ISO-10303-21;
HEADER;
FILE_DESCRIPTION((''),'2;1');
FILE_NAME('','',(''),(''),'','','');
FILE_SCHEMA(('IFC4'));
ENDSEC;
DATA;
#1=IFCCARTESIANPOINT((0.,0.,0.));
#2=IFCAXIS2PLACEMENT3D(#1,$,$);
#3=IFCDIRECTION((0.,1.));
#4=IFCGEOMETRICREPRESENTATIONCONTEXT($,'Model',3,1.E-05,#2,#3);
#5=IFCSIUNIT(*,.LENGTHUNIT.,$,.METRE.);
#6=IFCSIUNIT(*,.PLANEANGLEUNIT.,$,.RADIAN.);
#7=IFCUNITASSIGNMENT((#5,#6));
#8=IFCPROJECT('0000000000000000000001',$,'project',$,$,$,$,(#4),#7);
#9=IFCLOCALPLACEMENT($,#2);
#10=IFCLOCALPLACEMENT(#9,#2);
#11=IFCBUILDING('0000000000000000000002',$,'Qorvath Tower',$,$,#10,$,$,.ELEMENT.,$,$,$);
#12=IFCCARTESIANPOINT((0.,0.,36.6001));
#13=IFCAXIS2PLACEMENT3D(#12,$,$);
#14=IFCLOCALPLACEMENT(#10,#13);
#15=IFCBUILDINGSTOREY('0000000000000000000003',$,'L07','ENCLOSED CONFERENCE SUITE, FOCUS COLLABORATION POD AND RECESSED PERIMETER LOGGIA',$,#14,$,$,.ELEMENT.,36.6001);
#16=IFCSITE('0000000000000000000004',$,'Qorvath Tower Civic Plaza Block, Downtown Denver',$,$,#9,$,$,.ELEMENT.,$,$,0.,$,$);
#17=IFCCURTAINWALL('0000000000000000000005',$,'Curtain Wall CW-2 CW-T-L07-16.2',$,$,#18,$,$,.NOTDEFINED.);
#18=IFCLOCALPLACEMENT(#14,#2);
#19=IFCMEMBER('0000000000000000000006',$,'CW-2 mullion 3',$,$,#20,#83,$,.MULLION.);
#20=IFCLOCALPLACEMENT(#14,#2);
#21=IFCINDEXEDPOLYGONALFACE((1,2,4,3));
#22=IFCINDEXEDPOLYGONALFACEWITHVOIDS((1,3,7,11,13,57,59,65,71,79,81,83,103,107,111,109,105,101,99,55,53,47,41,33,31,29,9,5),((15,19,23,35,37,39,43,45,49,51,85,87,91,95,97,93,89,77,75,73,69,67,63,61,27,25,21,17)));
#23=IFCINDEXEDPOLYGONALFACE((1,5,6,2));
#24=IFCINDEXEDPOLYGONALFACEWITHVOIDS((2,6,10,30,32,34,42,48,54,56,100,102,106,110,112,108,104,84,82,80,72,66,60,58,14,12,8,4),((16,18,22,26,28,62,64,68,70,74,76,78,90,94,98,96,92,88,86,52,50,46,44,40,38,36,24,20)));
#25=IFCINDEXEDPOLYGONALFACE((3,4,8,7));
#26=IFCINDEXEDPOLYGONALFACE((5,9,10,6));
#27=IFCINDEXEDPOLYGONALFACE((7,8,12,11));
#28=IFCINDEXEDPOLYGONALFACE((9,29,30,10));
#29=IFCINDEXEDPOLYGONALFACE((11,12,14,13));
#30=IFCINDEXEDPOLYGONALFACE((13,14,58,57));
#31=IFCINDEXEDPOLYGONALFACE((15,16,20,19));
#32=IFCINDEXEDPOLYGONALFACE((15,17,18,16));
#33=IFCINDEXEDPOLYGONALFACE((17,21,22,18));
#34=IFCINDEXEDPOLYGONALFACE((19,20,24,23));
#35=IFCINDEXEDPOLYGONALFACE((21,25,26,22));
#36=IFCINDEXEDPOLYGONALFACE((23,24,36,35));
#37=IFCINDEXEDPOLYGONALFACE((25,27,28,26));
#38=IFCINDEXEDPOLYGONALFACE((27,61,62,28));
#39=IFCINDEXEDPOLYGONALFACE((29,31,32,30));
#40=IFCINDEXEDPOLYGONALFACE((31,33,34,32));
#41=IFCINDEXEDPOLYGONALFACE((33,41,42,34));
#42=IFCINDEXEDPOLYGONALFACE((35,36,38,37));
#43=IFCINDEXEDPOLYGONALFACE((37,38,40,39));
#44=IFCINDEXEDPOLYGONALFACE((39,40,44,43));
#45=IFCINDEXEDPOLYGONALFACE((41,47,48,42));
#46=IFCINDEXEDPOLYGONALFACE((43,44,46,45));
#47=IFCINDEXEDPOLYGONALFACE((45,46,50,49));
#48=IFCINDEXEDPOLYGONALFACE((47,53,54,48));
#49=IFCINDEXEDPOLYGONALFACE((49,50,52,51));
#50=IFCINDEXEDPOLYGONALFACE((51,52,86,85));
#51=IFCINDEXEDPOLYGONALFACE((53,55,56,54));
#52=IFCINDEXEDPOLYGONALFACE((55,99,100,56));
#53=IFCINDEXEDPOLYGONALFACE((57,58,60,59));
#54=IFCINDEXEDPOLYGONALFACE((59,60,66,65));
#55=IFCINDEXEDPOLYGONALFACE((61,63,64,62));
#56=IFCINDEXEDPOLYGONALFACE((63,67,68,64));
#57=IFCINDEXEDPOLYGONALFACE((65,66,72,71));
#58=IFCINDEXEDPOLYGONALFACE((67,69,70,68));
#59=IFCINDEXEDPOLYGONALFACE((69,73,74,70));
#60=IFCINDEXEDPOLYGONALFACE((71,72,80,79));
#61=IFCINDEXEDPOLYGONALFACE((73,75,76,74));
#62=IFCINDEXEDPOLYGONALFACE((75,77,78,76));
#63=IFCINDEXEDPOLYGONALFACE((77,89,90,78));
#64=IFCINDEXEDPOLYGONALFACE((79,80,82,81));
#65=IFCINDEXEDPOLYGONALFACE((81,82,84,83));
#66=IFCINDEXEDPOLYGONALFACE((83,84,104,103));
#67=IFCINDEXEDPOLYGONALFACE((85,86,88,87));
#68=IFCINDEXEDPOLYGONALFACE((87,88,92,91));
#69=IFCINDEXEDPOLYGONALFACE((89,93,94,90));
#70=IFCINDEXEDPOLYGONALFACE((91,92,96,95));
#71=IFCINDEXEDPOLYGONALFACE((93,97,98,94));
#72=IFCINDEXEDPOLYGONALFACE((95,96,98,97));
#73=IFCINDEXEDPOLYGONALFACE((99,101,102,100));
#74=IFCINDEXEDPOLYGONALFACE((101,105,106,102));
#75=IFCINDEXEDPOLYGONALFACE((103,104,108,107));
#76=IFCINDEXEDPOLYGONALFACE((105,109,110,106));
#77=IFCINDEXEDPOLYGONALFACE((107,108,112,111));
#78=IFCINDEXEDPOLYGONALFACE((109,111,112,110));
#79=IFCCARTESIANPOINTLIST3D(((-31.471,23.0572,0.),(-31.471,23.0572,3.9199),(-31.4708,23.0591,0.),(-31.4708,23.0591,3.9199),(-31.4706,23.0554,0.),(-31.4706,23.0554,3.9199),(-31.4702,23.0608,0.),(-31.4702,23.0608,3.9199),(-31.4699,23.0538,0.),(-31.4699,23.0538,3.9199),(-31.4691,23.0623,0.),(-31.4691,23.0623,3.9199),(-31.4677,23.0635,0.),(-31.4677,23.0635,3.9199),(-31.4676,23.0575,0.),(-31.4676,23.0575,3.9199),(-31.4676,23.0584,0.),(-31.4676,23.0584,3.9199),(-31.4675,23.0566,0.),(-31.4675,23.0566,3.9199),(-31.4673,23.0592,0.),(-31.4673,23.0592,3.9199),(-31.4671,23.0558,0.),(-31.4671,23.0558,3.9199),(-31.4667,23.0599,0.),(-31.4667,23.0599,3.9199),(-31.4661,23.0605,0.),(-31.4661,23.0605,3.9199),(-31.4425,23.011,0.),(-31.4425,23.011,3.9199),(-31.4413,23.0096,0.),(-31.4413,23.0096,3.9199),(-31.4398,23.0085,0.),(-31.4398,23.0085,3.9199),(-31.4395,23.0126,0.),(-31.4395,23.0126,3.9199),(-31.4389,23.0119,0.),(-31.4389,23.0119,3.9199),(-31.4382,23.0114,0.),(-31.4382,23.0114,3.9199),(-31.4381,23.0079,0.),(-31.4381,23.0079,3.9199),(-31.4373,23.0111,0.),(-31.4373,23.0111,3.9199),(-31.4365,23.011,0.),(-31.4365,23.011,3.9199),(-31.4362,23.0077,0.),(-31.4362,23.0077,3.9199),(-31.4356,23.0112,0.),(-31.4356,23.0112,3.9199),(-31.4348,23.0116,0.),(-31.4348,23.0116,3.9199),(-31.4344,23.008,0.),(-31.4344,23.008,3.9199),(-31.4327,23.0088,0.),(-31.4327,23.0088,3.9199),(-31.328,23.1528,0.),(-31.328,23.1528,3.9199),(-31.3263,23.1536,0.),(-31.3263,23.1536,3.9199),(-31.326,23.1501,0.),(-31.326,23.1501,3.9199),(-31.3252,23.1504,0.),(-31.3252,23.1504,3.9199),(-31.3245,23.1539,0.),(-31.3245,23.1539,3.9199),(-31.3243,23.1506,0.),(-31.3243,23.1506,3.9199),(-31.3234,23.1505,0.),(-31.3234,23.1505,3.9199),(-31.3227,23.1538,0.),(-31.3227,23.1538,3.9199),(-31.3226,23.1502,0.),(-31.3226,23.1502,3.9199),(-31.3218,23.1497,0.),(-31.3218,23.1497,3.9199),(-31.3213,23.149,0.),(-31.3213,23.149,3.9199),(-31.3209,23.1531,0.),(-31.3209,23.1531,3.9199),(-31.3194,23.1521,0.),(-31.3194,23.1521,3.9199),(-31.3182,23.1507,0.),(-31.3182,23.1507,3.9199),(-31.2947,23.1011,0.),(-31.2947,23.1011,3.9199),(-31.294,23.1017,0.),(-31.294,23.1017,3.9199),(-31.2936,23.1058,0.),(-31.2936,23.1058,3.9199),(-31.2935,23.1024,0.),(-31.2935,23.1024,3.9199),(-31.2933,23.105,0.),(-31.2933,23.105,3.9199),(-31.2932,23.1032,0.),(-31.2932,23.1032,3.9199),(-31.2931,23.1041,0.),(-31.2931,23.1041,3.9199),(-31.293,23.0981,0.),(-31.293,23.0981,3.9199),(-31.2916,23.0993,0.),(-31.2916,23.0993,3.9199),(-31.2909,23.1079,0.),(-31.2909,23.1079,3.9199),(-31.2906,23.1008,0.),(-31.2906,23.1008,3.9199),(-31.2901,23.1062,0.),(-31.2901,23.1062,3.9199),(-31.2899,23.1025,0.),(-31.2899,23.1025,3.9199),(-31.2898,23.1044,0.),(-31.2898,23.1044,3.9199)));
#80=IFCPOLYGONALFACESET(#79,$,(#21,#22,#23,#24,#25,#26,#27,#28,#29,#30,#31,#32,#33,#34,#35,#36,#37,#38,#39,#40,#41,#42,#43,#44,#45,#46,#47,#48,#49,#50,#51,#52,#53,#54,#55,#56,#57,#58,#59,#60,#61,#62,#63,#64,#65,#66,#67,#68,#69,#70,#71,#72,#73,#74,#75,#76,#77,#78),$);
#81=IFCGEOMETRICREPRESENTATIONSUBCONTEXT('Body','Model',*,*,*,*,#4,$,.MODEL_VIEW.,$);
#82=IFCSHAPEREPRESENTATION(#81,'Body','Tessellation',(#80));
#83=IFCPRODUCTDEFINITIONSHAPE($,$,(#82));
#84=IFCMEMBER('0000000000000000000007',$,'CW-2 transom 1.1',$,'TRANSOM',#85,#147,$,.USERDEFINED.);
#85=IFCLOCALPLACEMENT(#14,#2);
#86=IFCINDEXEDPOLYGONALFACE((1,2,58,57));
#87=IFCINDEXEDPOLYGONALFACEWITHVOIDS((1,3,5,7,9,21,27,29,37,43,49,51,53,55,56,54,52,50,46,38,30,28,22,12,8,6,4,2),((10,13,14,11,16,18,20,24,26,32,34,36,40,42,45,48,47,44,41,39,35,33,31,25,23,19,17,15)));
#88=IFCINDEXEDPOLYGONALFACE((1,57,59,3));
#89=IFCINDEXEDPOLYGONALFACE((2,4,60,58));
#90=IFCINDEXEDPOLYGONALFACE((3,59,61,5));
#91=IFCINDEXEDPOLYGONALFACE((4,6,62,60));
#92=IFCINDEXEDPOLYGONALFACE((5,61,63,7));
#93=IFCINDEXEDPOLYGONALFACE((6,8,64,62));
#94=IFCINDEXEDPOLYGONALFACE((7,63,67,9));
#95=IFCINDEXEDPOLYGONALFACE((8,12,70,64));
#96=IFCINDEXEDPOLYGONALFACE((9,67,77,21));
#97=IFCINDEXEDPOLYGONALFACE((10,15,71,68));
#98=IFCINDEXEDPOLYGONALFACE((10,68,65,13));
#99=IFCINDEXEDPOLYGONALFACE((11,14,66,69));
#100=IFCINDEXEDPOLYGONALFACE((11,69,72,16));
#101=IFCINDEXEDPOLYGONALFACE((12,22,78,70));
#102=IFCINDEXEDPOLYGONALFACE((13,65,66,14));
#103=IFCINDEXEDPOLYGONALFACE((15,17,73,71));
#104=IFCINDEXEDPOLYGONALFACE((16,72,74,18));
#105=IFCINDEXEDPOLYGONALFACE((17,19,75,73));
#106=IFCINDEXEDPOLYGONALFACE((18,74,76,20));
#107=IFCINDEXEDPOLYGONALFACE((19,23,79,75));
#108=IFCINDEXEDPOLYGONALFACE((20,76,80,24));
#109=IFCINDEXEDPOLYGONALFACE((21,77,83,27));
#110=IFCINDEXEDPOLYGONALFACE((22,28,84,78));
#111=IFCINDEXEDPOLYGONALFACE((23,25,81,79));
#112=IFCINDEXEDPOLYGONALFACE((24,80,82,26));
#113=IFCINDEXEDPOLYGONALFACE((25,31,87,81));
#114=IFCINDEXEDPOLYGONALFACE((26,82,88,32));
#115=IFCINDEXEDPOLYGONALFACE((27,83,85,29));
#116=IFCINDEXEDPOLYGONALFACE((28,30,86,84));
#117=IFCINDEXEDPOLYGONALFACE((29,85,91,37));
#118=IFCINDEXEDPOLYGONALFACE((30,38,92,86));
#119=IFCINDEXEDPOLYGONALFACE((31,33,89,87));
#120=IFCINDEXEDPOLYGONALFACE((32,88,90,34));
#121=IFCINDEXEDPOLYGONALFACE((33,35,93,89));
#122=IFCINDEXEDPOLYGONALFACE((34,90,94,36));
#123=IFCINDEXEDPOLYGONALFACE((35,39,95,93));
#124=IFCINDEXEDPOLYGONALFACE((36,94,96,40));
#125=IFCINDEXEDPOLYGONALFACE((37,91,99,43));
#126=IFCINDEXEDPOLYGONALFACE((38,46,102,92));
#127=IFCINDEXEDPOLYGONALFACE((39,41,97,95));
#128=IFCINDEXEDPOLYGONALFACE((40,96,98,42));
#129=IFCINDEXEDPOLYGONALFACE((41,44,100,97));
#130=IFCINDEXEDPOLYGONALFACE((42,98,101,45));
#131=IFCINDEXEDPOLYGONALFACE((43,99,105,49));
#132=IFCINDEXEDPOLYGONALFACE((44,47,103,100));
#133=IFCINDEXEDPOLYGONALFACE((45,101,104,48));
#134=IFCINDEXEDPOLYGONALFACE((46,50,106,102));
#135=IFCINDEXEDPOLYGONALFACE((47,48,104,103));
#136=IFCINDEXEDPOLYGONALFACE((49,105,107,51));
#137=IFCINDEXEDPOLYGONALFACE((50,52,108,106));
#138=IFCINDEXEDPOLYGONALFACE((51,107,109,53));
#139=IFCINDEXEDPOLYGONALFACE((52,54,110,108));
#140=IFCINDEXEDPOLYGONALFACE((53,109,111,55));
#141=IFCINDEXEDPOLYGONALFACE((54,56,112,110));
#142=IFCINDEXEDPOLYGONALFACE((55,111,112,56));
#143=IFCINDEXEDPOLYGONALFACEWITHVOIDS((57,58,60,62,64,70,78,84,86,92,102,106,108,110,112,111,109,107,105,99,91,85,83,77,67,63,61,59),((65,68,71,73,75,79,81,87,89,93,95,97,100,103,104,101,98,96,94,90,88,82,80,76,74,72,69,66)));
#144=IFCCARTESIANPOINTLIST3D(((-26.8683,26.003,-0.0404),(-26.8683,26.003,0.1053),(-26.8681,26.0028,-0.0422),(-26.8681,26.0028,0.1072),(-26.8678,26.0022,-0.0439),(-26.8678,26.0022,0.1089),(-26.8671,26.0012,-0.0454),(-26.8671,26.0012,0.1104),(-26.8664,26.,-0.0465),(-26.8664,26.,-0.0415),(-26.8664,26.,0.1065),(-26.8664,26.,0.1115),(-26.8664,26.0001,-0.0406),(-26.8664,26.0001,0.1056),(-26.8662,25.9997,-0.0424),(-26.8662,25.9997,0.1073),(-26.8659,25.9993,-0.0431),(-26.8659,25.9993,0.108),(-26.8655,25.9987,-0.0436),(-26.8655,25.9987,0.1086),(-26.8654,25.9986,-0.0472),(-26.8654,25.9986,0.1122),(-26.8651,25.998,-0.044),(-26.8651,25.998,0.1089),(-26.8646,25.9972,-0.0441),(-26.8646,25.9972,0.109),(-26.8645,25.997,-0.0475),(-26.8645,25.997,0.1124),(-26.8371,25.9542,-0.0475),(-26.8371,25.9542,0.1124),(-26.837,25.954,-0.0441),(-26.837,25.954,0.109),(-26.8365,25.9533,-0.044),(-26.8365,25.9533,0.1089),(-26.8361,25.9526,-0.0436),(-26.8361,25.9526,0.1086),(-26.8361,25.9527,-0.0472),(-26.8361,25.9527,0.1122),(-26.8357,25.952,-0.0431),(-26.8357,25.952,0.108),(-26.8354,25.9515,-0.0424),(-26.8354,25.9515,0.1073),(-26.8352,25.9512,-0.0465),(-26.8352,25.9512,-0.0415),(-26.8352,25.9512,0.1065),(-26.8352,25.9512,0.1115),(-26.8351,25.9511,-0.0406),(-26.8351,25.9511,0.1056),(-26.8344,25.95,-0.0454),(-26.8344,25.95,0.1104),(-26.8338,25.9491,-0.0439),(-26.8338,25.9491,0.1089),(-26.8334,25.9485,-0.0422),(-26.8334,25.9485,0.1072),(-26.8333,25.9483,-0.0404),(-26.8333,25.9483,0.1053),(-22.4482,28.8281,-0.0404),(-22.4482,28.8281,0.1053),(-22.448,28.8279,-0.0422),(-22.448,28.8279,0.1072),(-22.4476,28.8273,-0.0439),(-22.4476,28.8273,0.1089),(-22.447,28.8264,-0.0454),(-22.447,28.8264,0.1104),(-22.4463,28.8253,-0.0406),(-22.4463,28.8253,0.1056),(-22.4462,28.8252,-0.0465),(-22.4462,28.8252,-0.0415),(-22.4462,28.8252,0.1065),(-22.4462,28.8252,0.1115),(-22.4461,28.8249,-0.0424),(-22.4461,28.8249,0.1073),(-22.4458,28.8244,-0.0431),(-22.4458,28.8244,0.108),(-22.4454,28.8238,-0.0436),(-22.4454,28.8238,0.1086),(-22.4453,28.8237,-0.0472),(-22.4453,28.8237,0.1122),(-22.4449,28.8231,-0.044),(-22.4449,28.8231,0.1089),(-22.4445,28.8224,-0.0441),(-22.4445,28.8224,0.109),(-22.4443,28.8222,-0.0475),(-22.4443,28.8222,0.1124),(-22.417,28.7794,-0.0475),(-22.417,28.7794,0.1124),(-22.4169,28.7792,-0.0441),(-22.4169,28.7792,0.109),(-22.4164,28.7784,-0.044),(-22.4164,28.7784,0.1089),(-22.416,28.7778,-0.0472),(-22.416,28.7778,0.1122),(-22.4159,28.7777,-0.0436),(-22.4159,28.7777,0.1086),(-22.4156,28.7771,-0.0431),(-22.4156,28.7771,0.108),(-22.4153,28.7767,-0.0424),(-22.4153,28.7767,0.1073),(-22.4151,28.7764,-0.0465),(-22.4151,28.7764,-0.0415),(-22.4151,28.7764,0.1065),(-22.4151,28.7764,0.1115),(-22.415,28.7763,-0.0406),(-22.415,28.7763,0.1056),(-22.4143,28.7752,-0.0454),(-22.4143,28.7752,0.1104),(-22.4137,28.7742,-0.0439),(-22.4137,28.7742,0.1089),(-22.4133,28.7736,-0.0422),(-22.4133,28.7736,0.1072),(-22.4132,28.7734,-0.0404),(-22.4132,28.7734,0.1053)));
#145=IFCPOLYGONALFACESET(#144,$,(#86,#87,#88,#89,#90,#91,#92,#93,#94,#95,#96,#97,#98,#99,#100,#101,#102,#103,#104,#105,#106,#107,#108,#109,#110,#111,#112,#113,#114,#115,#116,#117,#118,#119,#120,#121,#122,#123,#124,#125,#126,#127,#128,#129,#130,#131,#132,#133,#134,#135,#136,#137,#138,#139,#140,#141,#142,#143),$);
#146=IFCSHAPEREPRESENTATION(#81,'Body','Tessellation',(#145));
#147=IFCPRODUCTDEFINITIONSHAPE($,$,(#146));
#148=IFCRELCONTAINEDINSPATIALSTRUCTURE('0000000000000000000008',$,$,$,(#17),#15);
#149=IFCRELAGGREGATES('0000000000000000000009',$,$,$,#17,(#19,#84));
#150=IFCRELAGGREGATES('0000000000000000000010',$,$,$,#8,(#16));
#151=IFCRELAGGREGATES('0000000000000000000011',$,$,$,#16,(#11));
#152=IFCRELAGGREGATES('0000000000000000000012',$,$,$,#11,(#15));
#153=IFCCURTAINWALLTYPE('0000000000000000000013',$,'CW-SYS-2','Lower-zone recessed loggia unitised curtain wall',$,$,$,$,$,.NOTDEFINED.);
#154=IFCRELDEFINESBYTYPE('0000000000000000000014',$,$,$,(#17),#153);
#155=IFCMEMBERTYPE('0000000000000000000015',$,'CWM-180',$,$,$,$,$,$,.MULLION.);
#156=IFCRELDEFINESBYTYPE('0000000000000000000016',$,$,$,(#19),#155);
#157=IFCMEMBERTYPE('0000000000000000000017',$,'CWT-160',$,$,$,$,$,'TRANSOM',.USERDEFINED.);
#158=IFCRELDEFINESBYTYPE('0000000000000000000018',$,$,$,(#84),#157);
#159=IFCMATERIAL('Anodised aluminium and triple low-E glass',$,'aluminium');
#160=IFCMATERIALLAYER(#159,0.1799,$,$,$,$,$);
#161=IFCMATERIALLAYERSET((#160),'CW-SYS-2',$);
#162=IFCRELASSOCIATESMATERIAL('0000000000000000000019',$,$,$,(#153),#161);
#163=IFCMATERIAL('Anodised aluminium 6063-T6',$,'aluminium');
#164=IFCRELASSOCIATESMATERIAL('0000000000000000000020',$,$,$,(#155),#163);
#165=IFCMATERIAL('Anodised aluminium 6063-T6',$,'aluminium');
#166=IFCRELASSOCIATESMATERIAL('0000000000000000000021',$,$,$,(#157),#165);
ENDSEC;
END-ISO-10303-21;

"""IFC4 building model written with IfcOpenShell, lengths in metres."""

from ifc_helpers import new_model, si_unit, direction, frame, origin, origin_2d, place, context, subcontext, project, spatial, hollow_rectangle, extrude, material, layer, layer_set, material_profile, profile_set, type_object, element, aggregate, save


model = new_model("IFC4")

# Units and contexts
model_context = context("Model", 3, precision=1e-05, world=origin(), true_north=direction((0.0, 1.0)))
body_context = subcontext(model_context, "Body", "Model", "MODEL_VIEW")
ifc_project = project(units=[si_unit("LENGTHUNIT", "METRE"), si_unit("PLANEANGLEUNIT", "RADIAN")], contexts=[model_context])

# Site, building, storey
site_placement = place(None, origin())
site = spatial("IfcSite", under=ifc_project, at=site_placement, Name="Qorvath Tower Civic Plaza Block, Downtown Denver", CompositionType="ELEMENT", RefElevation=0.0)
building_placement = place(site_placement, origin())
building = spatial("IfcBuilding", under=site, at=building_placement, Name="Qorvath Tower", CompositionType="ELEMENT")
storey_placement = place(building_placement, frame((0.0, 0.0, 36.6001)))
storey = spatial("IfcBuildingStorey", under=building, at=storey_placement, Name="L07", Description="ENCLOSED CONFERENCE SUITE, FOCUS COLLABORATION POD AND RECESSED PERIMETER LOGGIA", CompositionType="ELEMENT", Elevation=36.6001)

# Shared definitions
ifc_material_1 = material(Name="Anodised aluminium and triple low-E glass", Category="aluminium")
ifc_layer_1 = layer(ifc_material_1, 0.1799)
ifc_layer_set_1 = layer_set([ifc_layer_1], Name="CW-SYS-2")
curtain_wall_type = type_object("IfcCurtainWallType", Name="CW-SYS-2", Description="Lower-zone recessed loggia unitised curtain wall", PredefinedType="NOTDEFINED", material=ifc_layer_set_1)
ifc_material_2 = material(Name="Anodised aluminium 6063-T6", Category="aluminium")
ifc_material_profile_1 = material_profile(ifc_material_2, hollow_rectangle(XDim=0.0649, YDim=0.1799, WallThickness=0.0034, InnerFilletRadius=0.0034, OuterFilletRadius=0.0071, at=origin_2d()), Name="CWM 180x65")
ifc_profile_set_1 = profile_set([ifc_material_profile_1], Name="Anodised aluminium 6063-T6")
member_type_1 = type_object("IfcMemberType", Name="CWM-180", PredefinedType="MULLION", material=ifc_profile_set_1)

# Curtain wall, members
curtain_wall_1_placement = place(storey_placement, origin())
curtain_wall_1 = element("IfcCurtainWall", 1, at=curtain_wall_1_placement, inside=storey, type_object=curtain_wall_type, Name="Curtain Wall CW-2 CW-T-L07-16.2", PredefinedType="NOTDEFINED")
member_1_placement = place(storey_placement, frame((-31.3804, 23.0808, 0.0), z_axis=(0.0, 0.0, 1.0), x_axis=(0.538535, -0.842603, 0.0)))
member_1 = element("IfcMember", 2, at=member_1_placement, type_object=member_type_1, Name="CW-2 mullion 3", PredefinedType="MULLION", context=body_context, shape_type="SweptSolid", body=[
    extrude(hollow_rectangle(XDim=0.0649, YDim=0.1799, WallThickness=0.0034, InnerFilletRadius=0.0034, OuterFilletRadius=0.0071, at=origin_2d()), origin(), (0.0, 0.0, 1.0), 3.9199),
])
ifc_material_3 = material(Name="Anodised aluminium 6063-T6", Category="aluminium")
ifc_material_profile_2 = material_profile(ifc_material_3, hollow_rectangle(XDim=0.0649, YDim=0.1599, WallThickness=0.0034, InnerFilletRadius=0.0034, OuterFilletRadius=0.0071, at=origin_2d()), Name="CWT 160x65")
ifc_profile_set_2 = profile_set([ifc_material_profile_2], Name="Anodised aluminium 6063-T6")
member_type_2 = type_object("IfcMemberType", Name="CWT-160", ElementType="TRANSOM", PredefinedType="USERDEFINED", material=ifc_profile_set_2)
member_2_placement = place(storey_placement, frame((-22.4307, 28.8008, 0.0325), z_axis=(-0.842592, -0.538552, 0.0), x_axis=(0.538552, -0.842592, 0.0)))
member_2 = element("IfcMember", 3, at=member_2_placement, type_object=member_type_2, Name="CW-2 transom 1.1", ObjectType="TRANSOM", PredefinedType="USERDEFINED", context=body_context, shape_type="SweptSolid", body=[
    extrude(hollow_rectangle(XDim=0.0649, YDim=0.1599, WallThickness=0.0034, InnerFilletRadius=0.0034, OuterFilletRadius=0.0071, at=origin_2d()), origin(), (0.0, 0.0, 1.0), 5.2458),
])
aggregate(curtain_wall_1, [member_1, member_2])

save(model, "model.ifc")
